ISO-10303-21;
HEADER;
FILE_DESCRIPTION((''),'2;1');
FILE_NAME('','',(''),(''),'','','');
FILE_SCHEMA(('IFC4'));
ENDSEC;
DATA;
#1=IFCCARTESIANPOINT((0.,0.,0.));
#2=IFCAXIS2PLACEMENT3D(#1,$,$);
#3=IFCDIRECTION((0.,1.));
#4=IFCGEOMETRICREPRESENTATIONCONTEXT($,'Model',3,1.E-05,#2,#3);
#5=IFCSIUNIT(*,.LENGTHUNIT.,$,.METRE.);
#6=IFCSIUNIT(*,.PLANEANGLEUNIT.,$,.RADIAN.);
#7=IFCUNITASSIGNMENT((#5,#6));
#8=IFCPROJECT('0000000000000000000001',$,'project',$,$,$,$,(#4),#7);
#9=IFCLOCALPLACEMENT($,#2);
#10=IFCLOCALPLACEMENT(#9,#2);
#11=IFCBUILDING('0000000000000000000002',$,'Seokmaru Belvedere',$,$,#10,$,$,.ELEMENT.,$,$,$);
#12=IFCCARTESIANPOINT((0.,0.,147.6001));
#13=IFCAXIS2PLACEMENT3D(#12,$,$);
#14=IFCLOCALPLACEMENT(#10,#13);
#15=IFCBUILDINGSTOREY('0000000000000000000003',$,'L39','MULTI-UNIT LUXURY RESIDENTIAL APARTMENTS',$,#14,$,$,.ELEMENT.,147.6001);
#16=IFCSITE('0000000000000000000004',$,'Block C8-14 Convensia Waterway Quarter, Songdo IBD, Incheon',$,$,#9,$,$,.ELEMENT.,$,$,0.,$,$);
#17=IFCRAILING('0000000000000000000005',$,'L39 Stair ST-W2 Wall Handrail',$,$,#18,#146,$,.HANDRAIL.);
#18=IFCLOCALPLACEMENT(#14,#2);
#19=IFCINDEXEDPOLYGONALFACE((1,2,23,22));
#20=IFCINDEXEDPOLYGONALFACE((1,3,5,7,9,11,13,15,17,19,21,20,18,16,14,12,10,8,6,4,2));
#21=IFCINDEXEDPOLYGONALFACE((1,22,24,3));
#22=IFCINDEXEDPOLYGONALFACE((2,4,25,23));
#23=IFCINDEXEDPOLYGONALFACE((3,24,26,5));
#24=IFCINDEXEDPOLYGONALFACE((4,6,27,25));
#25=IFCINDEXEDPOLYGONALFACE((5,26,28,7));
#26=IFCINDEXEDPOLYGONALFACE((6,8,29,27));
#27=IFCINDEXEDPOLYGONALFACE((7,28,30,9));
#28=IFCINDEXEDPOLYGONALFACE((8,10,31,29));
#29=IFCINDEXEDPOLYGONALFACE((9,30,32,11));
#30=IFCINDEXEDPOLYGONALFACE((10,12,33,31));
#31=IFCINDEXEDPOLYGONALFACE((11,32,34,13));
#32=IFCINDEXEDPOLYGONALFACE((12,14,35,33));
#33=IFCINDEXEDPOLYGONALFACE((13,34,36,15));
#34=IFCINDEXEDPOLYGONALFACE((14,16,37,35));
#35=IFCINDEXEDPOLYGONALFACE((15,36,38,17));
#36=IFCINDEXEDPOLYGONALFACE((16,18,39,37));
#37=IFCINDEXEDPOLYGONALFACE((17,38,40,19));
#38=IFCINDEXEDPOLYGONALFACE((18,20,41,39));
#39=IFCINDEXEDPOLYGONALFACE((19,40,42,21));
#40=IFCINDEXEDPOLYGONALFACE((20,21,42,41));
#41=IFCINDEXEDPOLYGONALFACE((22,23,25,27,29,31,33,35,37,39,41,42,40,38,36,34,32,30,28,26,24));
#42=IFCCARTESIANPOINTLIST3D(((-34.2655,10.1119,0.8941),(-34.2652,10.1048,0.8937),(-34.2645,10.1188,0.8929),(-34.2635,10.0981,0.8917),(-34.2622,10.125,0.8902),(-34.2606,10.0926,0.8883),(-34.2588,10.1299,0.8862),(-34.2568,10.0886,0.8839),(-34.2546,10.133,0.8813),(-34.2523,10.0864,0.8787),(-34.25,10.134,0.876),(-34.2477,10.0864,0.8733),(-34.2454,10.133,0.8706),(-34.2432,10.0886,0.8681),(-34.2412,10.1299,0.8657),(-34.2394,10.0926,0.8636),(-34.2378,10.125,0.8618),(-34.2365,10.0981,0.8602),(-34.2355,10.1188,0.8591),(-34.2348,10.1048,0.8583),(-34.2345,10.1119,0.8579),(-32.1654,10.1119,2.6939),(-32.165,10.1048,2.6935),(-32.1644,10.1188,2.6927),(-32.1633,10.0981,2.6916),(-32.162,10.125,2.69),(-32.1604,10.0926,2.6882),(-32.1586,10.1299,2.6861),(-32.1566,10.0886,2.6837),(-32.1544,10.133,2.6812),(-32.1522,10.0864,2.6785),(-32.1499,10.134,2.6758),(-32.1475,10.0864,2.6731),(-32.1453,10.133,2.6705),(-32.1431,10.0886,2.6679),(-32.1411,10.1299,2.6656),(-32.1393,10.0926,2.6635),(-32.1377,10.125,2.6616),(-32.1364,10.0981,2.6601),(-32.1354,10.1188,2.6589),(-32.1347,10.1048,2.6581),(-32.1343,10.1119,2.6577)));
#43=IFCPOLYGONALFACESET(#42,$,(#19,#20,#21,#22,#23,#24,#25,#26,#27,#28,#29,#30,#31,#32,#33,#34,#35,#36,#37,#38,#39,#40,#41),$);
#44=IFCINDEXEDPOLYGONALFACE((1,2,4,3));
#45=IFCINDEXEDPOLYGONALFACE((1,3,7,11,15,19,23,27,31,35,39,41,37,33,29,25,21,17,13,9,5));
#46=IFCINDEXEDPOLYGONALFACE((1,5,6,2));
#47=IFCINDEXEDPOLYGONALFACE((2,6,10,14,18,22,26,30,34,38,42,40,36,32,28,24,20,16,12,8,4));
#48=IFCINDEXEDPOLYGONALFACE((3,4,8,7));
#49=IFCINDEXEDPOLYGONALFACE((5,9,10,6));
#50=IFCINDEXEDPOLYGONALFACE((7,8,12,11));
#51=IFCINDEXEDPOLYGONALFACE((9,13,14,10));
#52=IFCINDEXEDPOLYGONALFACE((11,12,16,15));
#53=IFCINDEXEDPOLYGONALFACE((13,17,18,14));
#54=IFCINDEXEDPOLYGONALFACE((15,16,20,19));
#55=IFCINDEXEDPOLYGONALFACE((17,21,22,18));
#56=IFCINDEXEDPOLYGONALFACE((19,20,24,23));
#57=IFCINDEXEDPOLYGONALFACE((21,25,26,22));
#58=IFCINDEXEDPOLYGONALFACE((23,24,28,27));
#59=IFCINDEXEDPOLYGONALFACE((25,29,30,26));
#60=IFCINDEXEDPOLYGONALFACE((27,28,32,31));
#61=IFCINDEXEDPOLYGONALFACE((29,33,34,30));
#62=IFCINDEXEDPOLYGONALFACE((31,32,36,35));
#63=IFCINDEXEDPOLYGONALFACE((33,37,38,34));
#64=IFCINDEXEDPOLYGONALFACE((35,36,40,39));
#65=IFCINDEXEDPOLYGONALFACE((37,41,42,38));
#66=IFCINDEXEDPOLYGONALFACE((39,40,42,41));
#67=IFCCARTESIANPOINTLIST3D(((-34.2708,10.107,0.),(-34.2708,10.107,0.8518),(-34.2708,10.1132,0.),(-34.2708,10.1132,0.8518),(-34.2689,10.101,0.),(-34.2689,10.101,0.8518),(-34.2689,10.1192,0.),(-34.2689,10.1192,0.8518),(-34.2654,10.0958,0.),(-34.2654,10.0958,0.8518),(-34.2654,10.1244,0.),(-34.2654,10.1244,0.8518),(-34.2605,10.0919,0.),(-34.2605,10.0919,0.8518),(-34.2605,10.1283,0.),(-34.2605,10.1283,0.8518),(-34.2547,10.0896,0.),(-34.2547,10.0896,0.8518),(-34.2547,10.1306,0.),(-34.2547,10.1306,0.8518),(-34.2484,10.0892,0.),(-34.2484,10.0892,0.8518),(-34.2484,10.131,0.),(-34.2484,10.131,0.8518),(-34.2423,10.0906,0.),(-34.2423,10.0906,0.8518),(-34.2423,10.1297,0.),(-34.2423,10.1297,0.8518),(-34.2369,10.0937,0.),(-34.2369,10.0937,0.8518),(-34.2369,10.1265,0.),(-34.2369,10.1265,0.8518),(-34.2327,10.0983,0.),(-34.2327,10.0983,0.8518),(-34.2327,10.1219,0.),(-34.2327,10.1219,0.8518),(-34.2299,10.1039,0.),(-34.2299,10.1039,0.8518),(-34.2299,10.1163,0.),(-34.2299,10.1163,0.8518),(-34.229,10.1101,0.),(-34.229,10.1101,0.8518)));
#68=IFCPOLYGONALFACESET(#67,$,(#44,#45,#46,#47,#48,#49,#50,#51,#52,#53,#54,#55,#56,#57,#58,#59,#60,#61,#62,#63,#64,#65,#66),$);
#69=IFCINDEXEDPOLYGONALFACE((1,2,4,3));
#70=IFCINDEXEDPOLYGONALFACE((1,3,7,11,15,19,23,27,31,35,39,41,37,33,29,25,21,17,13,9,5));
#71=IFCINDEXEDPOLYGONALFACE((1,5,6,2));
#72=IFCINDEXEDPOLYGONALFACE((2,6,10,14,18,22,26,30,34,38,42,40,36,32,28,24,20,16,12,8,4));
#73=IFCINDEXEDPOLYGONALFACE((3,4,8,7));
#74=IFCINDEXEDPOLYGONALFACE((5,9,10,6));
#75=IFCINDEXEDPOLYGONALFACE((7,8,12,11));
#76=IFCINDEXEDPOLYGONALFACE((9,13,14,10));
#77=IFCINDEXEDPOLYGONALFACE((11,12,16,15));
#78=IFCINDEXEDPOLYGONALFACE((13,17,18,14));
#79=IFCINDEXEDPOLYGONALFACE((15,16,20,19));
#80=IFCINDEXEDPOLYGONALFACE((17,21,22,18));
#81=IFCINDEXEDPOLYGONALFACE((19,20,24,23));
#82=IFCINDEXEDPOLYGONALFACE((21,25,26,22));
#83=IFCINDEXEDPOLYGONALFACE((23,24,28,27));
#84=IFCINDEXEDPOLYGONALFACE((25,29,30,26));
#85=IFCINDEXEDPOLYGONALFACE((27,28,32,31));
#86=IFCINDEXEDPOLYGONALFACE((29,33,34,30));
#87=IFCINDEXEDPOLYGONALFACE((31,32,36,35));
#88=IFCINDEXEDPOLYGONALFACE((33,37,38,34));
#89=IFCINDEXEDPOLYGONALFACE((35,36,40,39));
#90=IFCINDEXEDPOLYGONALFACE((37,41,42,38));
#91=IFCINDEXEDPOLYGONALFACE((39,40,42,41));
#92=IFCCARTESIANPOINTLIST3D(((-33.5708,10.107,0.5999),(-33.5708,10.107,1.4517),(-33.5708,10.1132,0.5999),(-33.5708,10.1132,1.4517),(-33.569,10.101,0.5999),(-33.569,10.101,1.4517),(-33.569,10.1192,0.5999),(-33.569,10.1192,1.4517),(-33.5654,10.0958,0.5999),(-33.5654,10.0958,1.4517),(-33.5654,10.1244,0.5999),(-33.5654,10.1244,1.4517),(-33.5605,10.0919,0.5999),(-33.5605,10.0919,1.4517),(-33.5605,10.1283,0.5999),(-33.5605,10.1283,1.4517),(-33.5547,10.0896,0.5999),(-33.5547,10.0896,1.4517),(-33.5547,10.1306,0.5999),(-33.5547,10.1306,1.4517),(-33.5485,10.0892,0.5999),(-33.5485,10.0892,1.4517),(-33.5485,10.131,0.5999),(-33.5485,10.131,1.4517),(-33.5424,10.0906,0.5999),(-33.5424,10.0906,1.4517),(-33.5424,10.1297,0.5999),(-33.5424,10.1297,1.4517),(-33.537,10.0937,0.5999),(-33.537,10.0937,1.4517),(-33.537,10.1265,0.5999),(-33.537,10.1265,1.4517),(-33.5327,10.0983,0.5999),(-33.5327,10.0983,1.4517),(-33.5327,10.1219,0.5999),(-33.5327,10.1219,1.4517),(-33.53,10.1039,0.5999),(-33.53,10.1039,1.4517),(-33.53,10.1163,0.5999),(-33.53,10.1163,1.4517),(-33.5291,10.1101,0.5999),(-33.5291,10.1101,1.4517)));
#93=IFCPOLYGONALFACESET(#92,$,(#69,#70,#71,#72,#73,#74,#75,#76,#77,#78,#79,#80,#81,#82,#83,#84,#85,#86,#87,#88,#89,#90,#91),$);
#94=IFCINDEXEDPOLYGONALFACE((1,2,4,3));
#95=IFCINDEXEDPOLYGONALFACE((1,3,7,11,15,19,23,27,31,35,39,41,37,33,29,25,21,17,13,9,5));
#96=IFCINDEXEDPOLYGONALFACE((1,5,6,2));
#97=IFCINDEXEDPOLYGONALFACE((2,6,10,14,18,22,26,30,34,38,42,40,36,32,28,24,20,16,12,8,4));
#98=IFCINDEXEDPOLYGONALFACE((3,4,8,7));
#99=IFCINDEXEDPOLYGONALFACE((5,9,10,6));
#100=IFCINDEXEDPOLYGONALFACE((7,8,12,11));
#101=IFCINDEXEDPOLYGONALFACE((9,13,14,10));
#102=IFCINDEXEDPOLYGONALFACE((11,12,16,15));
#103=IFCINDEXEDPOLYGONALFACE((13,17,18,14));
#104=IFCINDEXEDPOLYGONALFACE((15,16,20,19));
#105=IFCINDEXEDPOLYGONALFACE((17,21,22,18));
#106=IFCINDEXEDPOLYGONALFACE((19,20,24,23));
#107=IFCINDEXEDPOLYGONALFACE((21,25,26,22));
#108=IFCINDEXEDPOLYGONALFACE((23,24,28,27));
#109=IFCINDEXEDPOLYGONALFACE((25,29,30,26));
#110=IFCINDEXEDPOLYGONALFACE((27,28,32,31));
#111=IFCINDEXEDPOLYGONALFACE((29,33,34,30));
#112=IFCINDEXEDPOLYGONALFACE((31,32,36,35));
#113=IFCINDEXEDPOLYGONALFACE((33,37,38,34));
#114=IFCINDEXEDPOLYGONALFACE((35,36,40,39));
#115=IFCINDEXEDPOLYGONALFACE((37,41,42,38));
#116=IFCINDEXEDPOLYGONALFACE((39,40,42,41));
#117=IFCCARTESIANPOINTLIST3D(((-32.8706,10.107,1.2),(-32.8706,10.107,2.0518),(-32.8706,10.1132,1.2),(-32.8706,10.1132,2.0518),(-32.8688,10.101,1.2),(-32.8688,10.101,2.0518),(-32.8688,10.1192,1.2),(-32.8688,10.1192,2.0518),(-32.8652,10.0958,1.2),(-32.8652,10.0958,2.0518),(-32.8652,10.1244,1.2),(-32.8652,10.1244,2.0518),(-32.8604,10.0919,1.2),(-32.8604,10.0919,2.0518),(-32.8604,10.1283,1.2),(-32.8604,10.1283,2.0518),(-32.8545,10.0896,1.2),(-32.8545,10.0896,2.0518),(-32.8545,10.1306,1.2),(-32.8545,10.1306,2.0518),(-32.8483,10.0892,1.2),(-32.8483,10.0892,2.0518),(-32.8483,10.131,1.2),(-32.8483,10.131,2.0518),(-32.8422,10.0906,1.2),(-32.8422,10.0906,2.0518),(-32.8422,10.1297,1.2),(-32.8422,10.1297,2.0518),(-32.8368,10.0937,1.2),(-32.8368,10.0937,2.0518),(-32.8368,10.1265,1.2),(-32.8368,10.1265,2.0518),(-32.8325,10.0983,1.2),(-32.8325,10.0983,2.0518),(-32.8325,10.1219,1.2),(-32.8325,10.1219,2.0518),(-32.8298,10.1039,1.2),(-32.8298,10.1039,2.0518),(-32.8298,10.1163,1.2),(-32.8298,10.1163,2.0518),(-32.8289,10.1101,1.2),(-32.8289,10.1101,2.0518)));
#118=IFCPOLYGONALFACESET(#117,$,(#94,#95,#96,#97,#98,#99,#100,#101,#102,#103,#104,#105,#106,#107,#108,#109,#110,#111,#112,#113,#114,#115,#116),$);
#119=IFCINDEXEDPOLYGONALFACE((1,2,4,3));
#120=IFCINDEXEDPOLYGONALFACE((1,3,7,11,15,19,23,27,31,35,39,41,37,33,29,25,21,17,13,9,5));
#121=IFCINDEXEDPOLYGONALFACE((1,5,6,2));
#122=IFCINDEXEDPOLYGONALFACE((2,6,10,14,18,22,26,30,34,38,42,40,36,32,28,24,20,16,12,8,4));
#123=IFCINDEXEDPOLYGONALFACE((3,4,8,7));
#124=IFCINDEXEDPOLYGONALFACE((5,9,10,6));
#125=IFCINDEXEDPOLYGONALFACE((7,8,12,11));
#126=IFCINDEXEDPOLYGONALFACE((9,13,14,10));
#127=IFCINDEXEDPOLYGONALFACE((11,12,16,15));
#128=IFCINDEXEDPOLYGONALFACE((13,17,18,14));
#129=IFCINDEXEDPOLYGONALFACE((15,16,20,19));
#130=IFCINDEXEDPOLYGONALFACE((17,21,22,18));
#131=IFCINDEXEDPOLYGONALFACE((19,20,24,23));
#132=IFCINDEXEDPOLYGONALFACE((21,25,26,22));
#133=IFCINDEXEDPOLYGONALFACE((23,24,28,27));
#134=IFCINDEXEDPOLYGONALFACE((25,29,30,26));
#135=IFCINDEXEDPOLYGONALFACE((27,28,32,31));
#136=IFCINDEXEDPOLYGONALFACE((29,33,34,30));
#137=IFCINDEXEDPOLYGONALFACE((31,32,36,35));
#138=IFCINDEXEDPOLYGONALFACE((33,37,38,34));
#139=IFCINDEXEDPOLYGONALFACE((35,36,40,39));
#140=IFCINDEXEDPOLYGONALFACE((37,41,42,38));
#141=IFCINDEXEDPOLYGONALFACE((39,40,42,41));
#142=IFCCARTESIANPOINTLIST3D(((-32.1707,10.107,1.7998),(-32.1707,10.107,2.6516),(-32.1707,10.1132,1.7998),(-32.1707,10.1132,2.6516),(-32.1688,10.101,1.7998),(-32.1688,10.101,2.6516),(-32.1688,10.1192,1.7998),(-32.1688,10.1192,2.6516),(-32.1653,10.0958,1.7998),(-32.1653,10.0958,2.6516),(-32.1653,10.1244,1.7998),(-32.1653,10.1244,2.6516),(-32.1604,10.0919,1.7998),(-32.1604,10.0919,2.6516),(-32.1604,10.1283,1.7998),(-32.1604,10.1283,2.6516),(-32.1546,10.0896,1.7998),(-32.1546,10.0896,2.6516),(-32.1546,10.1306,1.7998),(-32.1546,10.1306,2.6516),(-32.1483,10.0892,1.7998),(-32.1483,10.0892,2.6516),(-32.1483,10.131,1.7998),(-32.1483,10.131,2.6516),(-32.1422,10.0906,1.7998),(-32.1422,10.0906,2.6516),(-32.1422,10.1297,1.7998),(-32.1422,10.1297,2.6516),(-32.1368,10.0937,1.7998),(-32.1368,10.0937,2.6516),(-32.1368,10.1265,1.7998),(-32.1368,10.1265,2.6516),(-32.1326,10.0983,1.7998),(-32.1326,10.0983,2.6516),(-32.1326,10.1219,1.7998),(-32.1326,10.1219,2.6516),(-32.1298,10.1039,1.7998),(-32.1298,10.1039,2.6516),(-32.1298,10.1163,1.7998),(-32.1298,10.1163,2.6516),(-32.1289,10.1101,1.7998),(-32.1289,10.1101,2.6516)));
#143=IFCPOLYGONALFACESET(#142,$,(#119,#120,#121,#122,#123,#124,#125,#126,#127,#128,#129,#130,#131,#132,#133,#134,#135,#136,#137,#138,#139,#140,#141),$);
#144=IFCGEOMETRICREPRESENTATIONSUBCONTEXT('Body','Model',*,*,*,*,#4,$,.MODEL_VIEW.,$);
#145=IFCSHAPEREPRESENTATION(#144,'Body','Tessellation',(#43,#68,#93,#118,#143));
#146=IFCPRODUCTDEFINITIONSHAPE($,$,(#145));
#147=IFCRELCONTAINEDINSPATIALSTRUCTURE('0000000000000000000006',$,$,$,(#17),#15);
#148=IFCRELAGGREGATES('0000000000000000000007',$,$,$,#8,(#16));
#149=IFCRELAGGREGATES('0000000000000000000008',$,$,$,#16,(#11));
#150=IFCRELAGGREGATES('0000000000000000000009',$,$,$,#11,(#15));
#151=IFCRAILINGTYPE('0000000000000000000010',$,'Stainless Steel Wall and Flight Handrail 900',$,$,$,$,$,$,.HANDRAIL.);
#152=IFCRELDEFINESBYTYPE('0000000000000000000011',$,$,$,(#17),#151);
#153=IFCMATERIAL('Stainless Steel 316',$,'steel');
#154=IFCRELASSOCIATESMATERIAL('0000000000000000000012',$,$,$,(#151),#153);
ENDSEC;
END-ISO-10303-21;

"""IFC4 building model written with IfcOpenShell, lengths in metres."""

from ifc_helpers import new_model, si_unit, direction, frame, origin, origin_2d, place, context, subcontext, project, spatial, circle, extrude, material, type_object, element, save


model = new_model("IFC4")

# Units and contexts
model_context = context("Model", 3, precision=1e-05, world=origin(), true_north=direction((0.0, 1.0)))
body_context = subcontext(model_context, "Body", "Model", "MODEL_VIEW")
ifc_project = project(units=[si_unit("LENGTHUNIT", "METRE"), si_unit("PLANEANGLEUNIT", "RADIAN")], contexts=[model_context])

# Site, building, storey
site_placement = place(None, origin())
site = spatial("IfcSite", under=ifc_project, at=site_placement, Name="Block C8-14 Convensia Waterway Quarter, Songdo IBD, Incheon", CompositionType="ELEMENT", RefElevation=0.0)
building_placement = place(site_placement, origin())
building = spatial("IfcBuilding", under=site, at=building_placement, Name="Seokmaru Belvedere", CompositionType="ELEMENT")
storey_placement = place(building_placement, frame((0.0, 0.0, 147.6001)))
storey = spatial("IfcBuildingStorey", under=building, at=storey_placement, Name="L39", Description="MULTI-UNIT LUXURY RESIDENTIAL APARTMENTS", CompositionType="ELEMENT", Elevation=147.6001)

# Railing
ifc_material_1 = material(Name="Stainless Steel 316", Category="steel")
railing_type_1 = type_object("IfcRailingType", Name="Stainless Steel Wall and Flight Handrail 900", PredefinedType="HANDRAIL", material=ifc_material_1)
railing_1_placement = place(storey_placement, frame((-34.25, 10.1101, 0.0)))
element("IfcRailing", 1, at=railing_1_placement, inside=storey, type_object=railing_type_1, Name="L39 Stair ST-W2 Wall Handrail", PredefinedType="HANDRAIL", context=body_context, shape_type="SweptSolid", body=[
    extrude(circle(Radius=0.0239, at=origin_2d()), frame((0.0, 0.0, 0.876), z_axis=(0.759306, 0.0, 0.650733), x_axis=(0.0, 1.0, 0.0)), (0.0, 0.0, 1.0), 2.7659),
    extrude(circle(Radius=0.021, at=origin_2d()), origin(), (0.0, 0.0, 1.0), 0.8518),
    extrude(circle(Radius=0.021, at=origin_2d()), frame((0.7, 0.0, 0.5999)), (0.0, 0.0, 1.0), 0.8518),
    extrude(circle(Radius=0.021, at=origin_2d()), frame((1.4001, 0.0, 1.2)), (0.0, 0.0, 1.0), 0.8518),
    extrude(circle(Radius=0.021, at=origin_2d()), frame((2.1001, 0.0, 1.7998)), (0.0, 0.0, 1.0), 0.8518),
])

save(model, "model.ifc")
